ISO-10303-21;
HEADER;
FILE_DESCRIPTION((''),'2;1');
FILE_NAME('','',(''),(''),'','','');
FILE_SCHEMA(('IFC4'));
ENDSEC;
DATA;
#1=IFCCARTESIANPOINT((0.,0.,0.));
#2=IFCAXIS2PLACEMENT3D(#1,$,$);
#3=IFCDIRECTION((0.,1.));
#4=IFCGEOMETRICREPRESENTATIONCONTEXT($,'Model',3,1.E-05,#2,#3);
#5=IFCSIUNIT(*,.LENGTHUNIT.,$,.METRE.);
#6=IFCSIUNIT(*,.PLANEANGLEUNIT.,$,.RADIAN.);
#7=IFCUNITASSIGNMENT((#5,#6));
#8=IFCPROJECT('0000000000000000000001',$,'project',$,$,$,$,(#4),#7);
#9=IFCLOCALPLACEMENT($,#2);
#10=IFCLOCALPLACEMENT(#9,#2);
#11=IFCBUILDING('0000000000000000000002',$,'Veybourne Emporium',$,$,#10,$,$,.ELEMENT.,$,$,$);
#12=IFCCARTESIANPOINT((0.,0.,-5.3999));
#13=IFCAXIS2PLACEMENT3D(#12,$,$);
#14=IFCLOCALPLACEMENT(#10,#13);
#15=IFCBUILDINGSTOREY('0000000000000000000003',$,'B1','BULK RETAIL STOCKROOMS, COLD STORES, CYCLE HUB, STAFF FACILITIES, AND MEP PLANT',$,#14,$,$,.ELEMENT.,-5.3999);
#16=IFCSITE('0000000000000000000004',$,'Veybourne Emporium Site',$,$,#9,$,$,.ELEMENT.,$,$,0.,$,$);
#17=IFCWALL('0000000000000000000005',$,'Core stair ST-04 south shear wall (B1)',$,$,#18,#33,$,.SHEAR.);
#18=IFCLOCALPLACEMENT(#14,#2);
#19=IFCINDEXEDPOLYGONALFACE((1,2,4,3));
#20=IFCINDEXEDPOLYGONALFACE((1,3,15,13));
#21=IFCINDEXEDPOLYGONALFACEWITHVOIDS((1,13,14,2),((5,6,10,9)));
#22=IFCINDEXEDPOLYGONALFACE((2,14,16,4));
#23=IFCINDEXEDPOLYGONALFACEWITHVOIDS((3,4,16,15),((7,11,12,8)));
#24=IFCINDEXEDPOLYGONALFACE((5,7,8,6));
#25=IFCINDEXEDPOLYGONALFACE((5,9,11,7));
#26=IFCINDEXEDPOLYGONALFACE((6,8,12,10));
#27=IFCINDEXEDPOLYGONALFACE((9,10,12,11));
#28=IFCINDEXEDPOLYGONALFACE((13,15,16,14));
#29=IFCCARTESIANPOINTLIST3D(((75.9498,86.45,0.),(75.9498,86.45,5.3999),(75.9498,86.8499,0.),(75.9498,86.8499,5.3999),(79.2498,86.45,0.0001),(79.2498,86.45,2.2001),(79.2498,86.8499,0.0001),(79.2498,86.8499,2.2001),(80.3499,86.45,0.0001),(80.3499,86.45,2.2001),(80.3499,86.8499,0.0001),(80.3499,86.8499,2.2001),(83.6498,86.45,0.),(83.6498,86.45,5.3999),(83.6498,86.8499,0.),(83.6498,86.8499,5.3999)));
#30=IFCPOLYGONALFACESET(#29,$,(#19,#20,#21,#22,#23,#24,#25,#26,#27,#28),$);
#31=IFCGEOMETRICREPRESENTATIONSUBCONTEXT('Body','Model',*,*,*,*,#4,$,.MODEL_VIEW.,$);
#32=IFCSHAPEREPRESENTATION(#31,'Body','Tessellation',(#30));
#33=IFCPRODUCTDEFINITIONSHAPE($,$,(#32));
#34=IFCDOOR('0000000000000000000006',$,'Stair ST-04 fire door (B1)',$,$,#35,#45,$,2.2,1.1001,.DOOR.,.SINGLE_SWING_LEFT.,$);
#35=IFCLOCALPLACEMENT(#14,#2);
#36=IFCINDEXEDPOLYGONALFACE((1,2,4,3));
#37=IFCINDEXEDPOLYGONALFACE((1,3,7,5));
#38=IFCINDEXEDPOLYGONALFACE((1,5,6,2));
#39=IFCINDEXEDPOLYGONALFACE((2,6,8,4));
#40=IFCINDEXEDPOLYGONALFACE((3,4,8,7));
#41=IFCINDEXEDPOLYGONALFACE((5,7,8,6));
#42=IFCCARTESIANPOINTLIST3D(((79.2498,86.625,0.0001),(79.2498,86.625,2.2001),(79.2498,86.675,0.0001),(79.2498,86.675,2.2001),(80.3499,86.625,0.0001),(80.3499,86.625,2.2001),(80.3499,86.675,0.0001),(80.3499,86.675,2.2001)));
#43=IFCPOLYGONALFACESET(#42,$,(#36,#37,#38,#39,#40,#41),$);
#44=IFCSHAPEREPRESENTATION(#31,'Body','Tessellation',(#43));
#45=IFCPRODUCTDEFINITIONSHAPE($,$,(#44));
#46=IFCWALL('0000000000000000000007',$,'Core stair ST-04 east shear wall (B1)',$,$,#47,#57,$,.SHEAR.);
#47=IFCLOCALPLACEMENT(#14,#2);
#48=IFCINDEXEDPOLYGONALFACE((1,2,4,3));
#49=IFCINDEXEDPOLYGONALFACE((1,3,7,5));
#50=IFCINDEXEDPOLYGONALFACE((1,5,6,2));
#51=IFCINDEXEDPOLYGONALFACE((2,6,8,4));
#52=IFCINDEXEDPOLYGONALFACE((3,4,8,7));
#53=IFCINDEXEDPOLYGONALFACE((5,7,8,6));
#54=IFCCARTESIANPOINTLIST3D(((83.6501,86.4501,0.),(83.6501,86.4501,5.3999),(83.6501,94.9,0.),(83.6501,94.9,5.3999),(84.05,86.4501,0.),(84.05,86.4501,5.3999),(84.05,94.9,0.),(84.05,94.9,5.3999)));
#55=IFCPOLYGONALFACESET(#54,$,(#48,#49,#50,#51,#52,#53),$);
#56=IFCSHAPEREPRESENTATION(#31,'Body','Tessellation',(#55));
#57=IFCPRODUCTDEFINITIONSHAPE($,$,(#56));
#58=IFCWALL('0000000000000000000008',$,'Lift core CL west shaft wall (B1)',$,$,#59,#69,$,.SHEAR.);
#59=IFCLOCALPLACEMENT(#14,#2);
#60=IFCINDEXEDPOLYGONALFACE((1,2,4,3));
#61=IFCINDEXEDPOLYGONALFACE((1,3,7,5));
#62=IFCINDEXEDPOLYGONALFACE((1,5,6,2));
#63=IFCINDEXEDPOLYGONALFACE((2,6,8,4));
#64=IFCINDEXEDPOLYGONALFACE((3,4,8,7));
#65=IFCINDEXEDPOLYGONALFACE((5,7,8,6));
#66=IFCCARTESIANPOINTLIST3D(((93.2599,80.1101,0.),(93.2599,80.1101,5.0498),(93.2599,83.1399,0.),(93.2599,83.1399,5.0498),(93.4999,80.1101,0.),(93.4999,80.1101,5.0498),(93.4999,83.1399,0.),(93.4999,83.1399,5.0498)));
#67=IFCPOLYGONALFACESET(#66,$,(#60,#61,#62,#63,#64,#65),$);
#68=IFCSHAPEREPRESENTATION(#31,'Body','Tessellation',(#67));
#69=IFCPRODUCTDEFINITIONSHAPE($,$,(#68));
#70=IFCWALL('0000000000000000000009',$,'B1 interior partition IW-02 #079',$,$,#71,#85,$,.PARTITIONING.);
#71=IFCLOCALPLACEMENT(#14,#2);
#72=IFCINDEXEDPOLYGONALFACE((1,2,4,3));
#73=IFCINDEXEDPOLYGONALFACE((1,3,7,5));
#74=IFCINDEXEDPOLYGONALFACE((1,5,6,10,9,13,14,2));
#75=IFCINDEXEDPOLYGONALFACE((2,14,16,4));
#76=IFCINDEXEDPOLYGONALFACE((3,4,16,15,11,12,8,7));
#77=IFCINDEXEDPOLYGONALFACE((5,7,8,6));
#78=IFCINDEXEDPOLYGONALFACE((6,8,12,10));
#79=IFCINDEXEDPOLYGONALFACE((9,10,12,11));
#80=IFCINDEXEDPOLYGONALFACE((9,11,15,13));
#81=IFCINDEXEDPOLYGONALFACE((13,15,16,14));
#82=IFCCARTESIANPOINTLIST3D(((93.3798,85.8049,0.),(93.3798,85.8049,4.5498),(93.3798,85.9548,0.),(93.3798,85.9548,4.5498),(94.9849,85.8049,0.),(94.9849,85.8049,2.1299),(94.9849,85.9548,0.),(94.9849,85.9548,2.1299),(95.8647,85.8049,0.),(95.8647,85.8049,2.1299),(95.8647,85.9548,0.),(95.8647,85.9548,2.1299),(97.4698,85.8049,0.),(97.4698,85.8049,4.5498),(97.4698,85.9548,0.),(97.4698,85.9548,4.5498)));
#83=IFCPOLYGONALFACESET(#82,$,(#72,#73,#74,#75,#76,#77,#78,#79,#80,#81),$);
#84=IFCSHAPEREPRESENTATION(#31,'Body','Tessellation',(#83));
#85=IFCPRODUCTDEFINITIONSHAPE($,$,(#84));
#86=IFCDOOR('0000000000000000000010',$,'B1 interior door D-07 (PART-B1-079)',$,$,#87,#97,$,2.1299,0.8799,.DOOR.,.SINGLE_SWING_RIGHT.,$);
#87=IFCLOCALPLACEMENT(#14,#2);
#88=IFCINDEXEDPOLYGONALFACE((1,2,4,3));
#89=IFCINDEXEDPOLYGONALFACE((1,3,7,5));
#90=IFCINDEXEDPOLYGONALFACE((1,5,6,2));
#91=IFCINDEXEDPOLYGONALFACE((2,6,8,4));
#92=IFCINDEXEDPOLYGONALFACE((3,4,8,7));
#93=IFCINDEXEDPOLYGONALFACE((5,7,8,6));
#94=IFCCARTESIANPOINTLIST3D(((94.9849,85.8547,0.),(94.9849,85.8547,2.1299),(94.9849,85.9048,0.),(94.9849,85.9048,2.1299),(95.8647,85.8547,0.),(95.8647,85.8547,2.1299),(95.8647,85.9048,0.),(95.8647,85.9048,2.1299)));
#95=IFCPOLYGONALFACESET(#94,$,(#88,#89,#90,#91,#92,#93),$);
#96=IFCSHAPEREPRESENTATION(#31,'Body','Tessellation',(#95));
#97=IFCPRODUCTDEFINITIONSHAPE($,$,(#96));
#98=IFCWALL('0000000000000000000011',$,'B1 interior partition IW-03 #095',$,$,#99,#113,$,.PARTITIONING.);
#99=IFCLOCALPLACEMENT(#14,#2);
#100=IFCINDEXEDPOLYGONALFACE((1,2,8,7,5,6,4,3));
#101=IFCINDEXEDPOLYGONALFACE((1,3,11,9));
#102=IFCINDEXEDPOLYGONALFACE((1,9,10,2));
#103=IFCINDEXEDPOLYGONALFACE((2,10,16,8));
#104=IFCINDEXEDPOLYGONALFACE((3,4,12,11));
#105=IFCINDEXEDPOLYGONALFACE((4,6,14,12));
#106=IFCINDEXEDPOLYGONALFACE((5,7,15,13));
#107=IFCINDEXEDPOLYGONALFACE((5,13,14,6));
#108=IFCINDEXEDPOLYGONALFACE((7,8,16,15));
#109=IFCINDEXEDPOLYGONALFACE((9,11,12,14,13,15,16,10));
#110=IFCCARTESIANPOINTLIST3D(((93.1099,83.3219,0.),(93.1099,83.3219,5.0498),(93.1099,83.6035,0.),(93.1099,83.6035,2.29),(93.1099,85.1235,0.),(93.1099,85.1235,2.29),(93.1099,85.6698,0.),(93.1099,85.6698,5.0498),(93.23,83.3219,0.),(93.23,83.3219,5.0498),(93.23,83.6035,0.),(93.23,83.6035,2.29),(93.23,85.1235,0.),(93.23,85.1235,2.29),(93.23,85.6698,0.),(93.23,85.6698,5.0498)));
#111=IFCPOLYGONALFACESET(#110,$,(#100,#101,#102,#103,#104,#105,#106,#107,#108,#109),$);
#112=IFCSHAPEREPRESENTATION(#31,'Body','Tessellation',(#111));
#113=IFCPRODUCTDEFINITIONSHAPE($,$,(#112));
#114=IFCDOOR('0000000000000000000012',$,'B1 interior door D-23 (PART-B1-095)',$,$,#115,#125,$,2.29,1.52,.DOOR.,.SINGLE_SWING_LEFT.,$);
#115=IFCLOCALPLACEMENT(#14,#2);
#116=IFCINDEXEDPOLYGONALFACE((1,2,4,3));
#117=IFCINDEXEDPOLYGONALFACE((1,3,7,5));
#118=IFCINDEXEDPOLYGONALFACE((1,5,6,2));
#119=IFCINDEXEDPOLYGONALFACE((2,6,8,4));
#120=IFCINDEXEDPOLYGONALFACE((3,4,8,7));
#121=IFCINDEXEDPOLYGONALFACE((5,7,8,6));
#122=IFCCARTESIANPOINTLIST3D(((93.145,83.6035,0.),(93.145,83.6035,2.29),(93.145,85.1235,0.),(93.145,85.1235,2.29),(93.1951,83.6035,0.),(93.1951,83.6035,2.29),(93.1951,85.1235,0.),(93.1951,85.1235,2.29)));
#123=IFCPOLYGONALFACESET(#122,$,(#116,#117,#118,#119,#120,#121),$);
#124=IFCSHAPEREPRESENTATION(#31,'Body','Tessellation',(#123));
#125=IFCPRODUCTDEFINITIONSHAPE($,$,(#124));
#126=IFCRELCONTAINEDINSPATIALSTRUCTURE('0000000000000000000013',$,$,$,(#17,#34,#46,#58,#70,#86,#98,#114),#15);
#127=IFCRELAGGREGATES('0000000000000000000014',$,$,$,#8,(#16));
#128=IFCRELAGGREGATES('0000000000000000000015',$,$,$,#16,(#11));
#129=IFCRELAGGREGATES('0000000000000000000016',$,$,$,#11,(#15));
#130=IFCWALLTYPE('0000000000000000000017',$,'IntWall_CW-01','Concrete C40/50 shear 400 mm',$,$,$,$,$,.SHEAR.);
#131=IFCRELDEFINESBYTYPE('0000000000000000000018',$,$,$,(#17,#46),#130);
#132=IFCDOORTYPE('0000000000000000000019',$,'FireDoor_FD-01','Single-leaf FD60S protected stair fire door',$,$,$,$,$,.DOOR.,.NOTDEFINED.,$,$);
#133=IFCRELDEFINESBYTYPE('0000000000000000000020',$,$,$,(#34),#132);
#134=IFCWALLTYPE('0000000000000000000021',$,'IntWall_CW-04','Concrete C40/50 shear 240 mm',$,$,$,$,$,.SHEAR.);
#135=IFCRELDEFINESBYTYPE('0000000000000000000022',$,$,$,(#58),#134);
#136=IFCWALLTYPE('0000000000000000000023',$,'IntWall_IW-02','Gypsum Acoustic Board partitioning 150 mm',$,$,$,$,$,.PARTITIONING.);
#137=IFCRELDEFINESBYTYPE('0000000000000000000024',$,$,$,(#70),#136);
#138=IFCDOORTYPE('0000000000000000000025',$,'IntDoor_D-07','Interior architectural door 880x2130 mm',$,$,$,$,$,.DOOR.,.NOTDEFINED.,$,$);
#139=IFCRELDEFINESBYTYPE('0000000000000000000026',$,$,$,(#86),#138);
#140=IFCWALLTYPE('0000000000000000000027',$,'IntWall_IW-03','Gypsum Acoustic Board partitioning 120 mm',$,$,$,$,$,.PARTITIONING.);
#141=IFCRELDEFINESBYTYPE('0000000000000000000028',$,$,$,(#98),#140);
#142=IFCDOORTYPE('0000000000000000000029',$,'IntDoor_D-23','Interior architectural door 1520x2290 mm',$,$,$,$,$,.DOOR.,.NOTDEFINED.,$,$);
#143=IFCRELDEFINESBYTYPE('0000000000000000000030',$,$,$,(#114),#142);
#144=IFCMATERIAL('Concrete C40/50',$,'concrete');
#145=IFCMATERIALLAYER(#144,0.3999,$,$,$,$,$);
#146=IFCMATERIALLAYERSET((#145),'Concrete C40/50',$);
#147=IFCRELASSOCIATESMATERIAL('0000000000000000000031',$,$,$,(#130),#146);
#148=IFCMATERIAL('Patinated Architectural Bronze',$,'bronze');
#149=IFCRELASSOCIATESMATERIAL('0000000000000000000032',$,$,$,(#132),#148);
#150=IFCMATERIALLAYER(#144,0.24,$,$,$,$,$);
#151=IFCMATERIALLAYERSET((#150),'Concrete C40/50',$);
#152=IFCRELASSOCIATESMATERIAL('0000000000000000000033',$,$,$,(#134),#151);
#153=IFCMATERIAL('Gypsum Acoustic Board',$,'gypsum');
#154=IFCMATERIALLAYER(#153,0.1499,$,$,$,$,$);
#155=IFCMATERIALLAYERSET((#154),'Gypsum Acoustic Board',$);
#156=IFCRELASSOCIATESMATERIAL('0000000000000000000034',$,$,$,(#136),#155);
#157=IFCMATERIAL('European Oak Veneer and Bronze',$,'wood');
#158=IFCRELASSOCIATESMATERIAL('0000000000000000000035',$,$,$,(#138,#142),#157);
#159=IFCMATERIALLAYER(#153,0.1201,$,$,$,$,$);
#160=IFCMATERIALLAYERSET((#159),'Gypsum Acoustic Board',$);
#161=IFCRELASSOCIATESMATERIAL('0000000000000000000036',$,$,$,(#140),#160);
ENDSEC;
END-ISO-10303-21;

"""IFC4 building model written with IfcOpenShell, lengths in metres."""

from ifc_helpers import new_model, si_unit, direction, frame, frame_2d, origin, place, context, subcontext, project, spatial, rectangle, extrude, material, layer, layer_set, type_object, element, fill, save


model = new_model("IFC4")

# Units and contexts
model_context = context("Model", 3, precision=1e-05, world=origin(), true_north=direction((0.0, 1.0)))
body_context = subcontext(model_context, "Body", "Model", "MODEL_VIEW")
ifc_project = project(units=[si_unit("LENGTHUNIT", "METRE"), si_unit("PLANEANGLEUNIT", "RADIAN")], contexts=[model_context])

# Site, building, storey
site_placement = place(None, origin())
site = spatial("IfcSite", under=ifc_project, at=site_placement, Name="Veybourne Emporium Site", CompositionType="ELEMENT", RefElevation=0.0)
building_placement = place(site_placement, origin())
building = spatial("IfcBuilding", under=site, at=building_placement, Name="Veybourne Emporium", CompositionType="ELEMENT")
storey_placement = place(building_placement, frame((0.0, 0.0, -5.3999)))
storey = spatial("IfcBuildingStorey", under=building, at=storey_placement, Name="B1", Description="BULK RETAIL STOCKROOMS, COLD STORES, CYCLE HUB, STAFF FACILITIES, AND MEP PLANT", CompositionType="ELEMENT", Elevation=-5.3999)

# Shared definitions
ifc_material_1 = material(Name="Concrete C40/50", Category="concrete")

# Wall, opening, door
ifc_layer_1 = layer(ifc_material_1, 0.3999)
ifc_layer_set_1 = layer_set([ifc_layer_1], Name="Concrete C40/50")
wall_type_1 = type_object("IfcWallType", Name="IntWall_CW-01", Description="Concrete C40/50 shear 400 mm", PredefinedType="SHEAR", material=ifc_layer_set_1)
wall_1_placement = place(storey_placement, frame((83.6499, 86.6499, 0.0), z_axis=(0.0, 0.0, 1.0), x_axis=(-1.0, 0.0, 0.0)))
wall_1 = element("IfcWall", 1, at=wall_1_placement, inside=storey, type_object=wall_type_1, Name="Core stair ST-04 south shear wall (B1)", PredefinedType="SHEAR", context=body_context, shape_type="SweptSolid", body=[
    extrude(rectangle(XDim=7.7, YDim=0.3999, at=frame_2d((3.8501, 0.0))), origin(), (0.0, 0.0, 1.0), 5.3999),
])
opening_1_placement = place(wall_1_placement, frame((3.3, 0.0, 0.0)))
opening_1 = element("IfcOpeningElement", 2, at=opening_1_placement, cuts=wall_1, PredefinedType="OPENING", context=body_context, shape_type="SweptSolid", body=[
    extrude(rectangle(XDim=1.1001, YDim=2.2, at=frame_2d((0.55, 1.1001))), frame((0.0, 0.22, 0.0), z_axis=(0.0, -1.0, 0.0), x_axis=(1.0, 0.0, 0.0)), (0.0, 0.0, 1.0), 0.4399),
])
ifc_material_2 = material(Name="Patinated Architectural Bronze", Category="bronze")
door_type_1 = type_object("IfcDoorType", Name="FireDoor_FD-01", Description="Single-leaf FD60S protected stair fire door", OperationType="NOTDEFINED", PredefinedType="DOOR", material=ifc_material_2)
door_1_placement = place(opening_1_placement, origin())
door_1 = element("IfcDoor", 3, at=door_1_placement, inside=storey, type_object=door_type_1, Name="Stair ST-04 fire door (B1)", OperationType="SINGLE_SWING_LEFT", OverallHeight=2.2, OverallWidth=1.1001, PredefinedType="DOOR", context=body_context, shape_type="SweptSolid", body=[
    extrude(rectangle(XDim=1.1001, YDim=2.2, at=frame_2d((0.55, 1.1001))), frame((0.0, 0.0249, 0.0), z_axis=(0.0, -1.0, 0.0), x_axis=(1.0, 0.0, 0.0)), (0.0, 0.0, 1.0), 0.05),
])
fill(opening_1, door_1)

# Walls
wall_2_placement = place(storey_placement, frame((83.8501, 86.45, 0.0), z_axis=(0.0, 0.0, 1.0), x_axis=(0.0, 1.0, 0.0)))
element("IfcWall", 4, at=wall_2_placement, inside=storey, type_object=wall_type_1, Name="Core stair ST-04 east shear wall (B1)", PredefinedType="SHEAR", context=body_context, shape_type="SweptSolid", body=[
    extrude(rectangle(XDim=8.45, YDim=0.3999, at=frame_2d((4.2251, 0.0))), origin(), (0.0, 0.0, 1.0), 5.3999),
])
ifc_layer_2 = layer(ifc_material_1, 0.24)
ifc_layer_set_2 = layer_set([ifc_layer_2], Name="Concrete C40/50")
wall_type_2 = type_object("IfcWallType", Name="IntWall_CW-04", Description="Concrete C40/50 shear 240 mm", PredefinedType="SHEAR", material=ifc_layer_set_2)
wall_3_placement = place(storey_placement, frame((93.3799, 83.1399, 0.0), z_axis=(0.0, 0.0, 1.0), x_axis=(0.0, -1.0, 0.0)))
element("IfcWall", 5, at=wall_3_placement, inside=storey, type_object=wall_type_2, Name="Lift core CL west shaft wall (B1)", PredefinedType="SHEAR", context=body_context, shape_type="SweptSolid", body=[
    extrude(rectangle(XDim=3.0298, YDim=0.24, at=frame_2d((1.5149, 0.0))), origin(), (0.0, 0.0, 1.0), 5.0498),
])

# Walls, openings, doors
ifc_material_3 = material(Name="Gypsum Acoustic Board", Category="gypsum")
ifc_layer_3 = layer(ifc_material_3, 0.1499)
ifc_layer_set_3 = layer_set([ifc_layer_3], Name="Gypsum Acoustic Board")
wall_type_3 = type_object("IfcWallType", Name="IntWall_IW-02", Description="Gypsum Acoustic Board partitioning 150 mm", PredefinedType="PARTITIONING", material=ifc_layer_set_3)
wall_4_placement = place(storey_placement, frame((93.3799, 85.8799, 0.0), z_axis=(0.0, 0.0, 1.0), x_axis=(1.0, 0.0, 0.0)))
wall_4 = element("IfcWall", 6, at=wall_4_placement, inside=storey, type_object=wall_type_3, Name="B1 interior partition IW-02 #079", PredefinedType="PARTITIONING", context=body_context, shape_type="SweptSolid", body=[
    extrude(rectangle(XDim=4.0901, YDim=0.1499, at=frame_2d((2.0449, 0.0))), origin(), (0.0, 0.0, 1.0), 4.5498),
])
opening_2_placement = place(wall_4_placement, frame((1.605, 0.0, 0.0)))
opening_2 = element("IfcOpeningElement", 7, at=opening_2_placement, cuts=wall_4, PredefinedType="OPENING", context=body_context, shape_type="SweptSolid", body=[
    extrude(rectangle(XDim=0.8799, YDim=2.1299, at=frame_2d((0.4399, 1.0649))), frame((0.0, 0.095, 0.0), z_axis=(0.0, -1.0, 0.0), x_axis=(1.0, 0.0, 0.0)), (0.0, 0.0, 1.0), 0.1899),
])
ifc_material_4 = material(Name="European Oak Veneer and Bronze", Category="wood")
door_type_2 = type_object("IfcDoorType", Name="IntDoor_D-07", Description="Interior architectural door 880x2130 mm", OperationType="NOTDEFINED", PredefinedType="DOOR", material=ifc_material_4)
door_2_placement = place(opening_2_placement, origin())
door_2 = element("IfcDoor", 8, at=door_2_placement, inside=storey, type_object=door_type_2, Name="B1 interior door D-07 (PART-B1-079)", OperationType="SINGLE_SWING_RIGHT", OverallHeight=2.1299, OverallWidth=0.8799, PredefinedType="DOOR", context=body_context, shape_type="SweptSolid", body=[
    extrude(rectangle(XDim=0.8799, YDim=2.1299, at=frame_2d((0.4399, 1.0649))), frame((0.0, 0.0249, 0.0), z_axis=(0.0, -1.0, 0.0), x_axis=(1.0, 0.0, 0.0)), (0.0, 0.0, 1.0), 0.05),
])
fill(opening_2, door_2)
ifc_layer_4 = layer(ifc_material_3, 0.1201)
ifc_layer_set_4 = layer_set([ifc_layer_4], Name="Gypsum Acoustic Board")
wall_type_4 = type_object("IfcWallType", Name="IntWall_IW-03", Description="Gypsum Acoustic Board partitioning 120 mm", PredefinedType="PARTITIONING", material=ifc_layer_set_4)
wall_5_placement = place(storey_placement, frame((93.1699, 83.322, 0.0), z_axis=(0.0, 0.0, 1.0), x_axis=(0.0, 1.0, 0.0)))
wall_5 = element("IfcWall", 9, at=wall_5_placement, inside=storey, type_object=wall_type_4, Name="B1 interior partition IW-03 #095", PredefinedType="PARTITIONING", context=body_context, shape_type="SweptSolid", body=[
    extrude(rectangle(XDim=2.3479, YDim=0.1201, at=frame_2d((1.1738, 0.0))), origin(), (0.0, 0.0, 1.0), 5.0498),
])
opening_3_placement = place(wall_5_placement, frame((0.2815, 0.0, 0.0)))
opening_3 = element("IfcOpeningElement", 10, at=opening_3_placement, cuts=wall_5, PredefinedType="OPENING", context=body_context, shape_type="SweptSolid", body=[
    extrude(rectangle(XDim=1.52, YDim=2.29, at=frame_2d((0.76, 1.145))), frame((0.0, 0.0801, 0.0), z_axis=(0.0, -1.0, 0.0), x_axis=(1.0, 0.0, 0.0)), (0.0, 0.0, 1.0), 0.1602),
])
door_type_3 = type_object("IfcDoorType", Name="IntDoor_D-23", Description="Interior architectural door 1520x2290 mm", OperationType="NOTDEFINED", PredefinedType="DOOR", material=ifc_material_4)
door_3_placement = place(opening_3_placement, origin())
door_3 = element("IfcDoor", 11, at=door_3_placement, inside=storey, type_object=door_type_3, Name="B1 interior door D-23 (PART-B1-095)", OperationType="SINGLE_SWING_LEFT", OverallHeight=2.29, OverallWidth=1.52, PredefinedType="DOOR", context=body_context, shape_type="SweptSolid", body=[
    extrude(rectangle(XDim=1.52, YDim=2.29, at=frame_2d((0.76, 1.145))), frame((0.0, 0.0249, 0.0), z_axis=(0.0, -1.0, 0.0), x_axis=(1.0, 0.0, 0.0)), (0.0, 0.0, 1.0), 0.05),
])
fill(opening_3, door_3)

save(model, "model.ifc")
